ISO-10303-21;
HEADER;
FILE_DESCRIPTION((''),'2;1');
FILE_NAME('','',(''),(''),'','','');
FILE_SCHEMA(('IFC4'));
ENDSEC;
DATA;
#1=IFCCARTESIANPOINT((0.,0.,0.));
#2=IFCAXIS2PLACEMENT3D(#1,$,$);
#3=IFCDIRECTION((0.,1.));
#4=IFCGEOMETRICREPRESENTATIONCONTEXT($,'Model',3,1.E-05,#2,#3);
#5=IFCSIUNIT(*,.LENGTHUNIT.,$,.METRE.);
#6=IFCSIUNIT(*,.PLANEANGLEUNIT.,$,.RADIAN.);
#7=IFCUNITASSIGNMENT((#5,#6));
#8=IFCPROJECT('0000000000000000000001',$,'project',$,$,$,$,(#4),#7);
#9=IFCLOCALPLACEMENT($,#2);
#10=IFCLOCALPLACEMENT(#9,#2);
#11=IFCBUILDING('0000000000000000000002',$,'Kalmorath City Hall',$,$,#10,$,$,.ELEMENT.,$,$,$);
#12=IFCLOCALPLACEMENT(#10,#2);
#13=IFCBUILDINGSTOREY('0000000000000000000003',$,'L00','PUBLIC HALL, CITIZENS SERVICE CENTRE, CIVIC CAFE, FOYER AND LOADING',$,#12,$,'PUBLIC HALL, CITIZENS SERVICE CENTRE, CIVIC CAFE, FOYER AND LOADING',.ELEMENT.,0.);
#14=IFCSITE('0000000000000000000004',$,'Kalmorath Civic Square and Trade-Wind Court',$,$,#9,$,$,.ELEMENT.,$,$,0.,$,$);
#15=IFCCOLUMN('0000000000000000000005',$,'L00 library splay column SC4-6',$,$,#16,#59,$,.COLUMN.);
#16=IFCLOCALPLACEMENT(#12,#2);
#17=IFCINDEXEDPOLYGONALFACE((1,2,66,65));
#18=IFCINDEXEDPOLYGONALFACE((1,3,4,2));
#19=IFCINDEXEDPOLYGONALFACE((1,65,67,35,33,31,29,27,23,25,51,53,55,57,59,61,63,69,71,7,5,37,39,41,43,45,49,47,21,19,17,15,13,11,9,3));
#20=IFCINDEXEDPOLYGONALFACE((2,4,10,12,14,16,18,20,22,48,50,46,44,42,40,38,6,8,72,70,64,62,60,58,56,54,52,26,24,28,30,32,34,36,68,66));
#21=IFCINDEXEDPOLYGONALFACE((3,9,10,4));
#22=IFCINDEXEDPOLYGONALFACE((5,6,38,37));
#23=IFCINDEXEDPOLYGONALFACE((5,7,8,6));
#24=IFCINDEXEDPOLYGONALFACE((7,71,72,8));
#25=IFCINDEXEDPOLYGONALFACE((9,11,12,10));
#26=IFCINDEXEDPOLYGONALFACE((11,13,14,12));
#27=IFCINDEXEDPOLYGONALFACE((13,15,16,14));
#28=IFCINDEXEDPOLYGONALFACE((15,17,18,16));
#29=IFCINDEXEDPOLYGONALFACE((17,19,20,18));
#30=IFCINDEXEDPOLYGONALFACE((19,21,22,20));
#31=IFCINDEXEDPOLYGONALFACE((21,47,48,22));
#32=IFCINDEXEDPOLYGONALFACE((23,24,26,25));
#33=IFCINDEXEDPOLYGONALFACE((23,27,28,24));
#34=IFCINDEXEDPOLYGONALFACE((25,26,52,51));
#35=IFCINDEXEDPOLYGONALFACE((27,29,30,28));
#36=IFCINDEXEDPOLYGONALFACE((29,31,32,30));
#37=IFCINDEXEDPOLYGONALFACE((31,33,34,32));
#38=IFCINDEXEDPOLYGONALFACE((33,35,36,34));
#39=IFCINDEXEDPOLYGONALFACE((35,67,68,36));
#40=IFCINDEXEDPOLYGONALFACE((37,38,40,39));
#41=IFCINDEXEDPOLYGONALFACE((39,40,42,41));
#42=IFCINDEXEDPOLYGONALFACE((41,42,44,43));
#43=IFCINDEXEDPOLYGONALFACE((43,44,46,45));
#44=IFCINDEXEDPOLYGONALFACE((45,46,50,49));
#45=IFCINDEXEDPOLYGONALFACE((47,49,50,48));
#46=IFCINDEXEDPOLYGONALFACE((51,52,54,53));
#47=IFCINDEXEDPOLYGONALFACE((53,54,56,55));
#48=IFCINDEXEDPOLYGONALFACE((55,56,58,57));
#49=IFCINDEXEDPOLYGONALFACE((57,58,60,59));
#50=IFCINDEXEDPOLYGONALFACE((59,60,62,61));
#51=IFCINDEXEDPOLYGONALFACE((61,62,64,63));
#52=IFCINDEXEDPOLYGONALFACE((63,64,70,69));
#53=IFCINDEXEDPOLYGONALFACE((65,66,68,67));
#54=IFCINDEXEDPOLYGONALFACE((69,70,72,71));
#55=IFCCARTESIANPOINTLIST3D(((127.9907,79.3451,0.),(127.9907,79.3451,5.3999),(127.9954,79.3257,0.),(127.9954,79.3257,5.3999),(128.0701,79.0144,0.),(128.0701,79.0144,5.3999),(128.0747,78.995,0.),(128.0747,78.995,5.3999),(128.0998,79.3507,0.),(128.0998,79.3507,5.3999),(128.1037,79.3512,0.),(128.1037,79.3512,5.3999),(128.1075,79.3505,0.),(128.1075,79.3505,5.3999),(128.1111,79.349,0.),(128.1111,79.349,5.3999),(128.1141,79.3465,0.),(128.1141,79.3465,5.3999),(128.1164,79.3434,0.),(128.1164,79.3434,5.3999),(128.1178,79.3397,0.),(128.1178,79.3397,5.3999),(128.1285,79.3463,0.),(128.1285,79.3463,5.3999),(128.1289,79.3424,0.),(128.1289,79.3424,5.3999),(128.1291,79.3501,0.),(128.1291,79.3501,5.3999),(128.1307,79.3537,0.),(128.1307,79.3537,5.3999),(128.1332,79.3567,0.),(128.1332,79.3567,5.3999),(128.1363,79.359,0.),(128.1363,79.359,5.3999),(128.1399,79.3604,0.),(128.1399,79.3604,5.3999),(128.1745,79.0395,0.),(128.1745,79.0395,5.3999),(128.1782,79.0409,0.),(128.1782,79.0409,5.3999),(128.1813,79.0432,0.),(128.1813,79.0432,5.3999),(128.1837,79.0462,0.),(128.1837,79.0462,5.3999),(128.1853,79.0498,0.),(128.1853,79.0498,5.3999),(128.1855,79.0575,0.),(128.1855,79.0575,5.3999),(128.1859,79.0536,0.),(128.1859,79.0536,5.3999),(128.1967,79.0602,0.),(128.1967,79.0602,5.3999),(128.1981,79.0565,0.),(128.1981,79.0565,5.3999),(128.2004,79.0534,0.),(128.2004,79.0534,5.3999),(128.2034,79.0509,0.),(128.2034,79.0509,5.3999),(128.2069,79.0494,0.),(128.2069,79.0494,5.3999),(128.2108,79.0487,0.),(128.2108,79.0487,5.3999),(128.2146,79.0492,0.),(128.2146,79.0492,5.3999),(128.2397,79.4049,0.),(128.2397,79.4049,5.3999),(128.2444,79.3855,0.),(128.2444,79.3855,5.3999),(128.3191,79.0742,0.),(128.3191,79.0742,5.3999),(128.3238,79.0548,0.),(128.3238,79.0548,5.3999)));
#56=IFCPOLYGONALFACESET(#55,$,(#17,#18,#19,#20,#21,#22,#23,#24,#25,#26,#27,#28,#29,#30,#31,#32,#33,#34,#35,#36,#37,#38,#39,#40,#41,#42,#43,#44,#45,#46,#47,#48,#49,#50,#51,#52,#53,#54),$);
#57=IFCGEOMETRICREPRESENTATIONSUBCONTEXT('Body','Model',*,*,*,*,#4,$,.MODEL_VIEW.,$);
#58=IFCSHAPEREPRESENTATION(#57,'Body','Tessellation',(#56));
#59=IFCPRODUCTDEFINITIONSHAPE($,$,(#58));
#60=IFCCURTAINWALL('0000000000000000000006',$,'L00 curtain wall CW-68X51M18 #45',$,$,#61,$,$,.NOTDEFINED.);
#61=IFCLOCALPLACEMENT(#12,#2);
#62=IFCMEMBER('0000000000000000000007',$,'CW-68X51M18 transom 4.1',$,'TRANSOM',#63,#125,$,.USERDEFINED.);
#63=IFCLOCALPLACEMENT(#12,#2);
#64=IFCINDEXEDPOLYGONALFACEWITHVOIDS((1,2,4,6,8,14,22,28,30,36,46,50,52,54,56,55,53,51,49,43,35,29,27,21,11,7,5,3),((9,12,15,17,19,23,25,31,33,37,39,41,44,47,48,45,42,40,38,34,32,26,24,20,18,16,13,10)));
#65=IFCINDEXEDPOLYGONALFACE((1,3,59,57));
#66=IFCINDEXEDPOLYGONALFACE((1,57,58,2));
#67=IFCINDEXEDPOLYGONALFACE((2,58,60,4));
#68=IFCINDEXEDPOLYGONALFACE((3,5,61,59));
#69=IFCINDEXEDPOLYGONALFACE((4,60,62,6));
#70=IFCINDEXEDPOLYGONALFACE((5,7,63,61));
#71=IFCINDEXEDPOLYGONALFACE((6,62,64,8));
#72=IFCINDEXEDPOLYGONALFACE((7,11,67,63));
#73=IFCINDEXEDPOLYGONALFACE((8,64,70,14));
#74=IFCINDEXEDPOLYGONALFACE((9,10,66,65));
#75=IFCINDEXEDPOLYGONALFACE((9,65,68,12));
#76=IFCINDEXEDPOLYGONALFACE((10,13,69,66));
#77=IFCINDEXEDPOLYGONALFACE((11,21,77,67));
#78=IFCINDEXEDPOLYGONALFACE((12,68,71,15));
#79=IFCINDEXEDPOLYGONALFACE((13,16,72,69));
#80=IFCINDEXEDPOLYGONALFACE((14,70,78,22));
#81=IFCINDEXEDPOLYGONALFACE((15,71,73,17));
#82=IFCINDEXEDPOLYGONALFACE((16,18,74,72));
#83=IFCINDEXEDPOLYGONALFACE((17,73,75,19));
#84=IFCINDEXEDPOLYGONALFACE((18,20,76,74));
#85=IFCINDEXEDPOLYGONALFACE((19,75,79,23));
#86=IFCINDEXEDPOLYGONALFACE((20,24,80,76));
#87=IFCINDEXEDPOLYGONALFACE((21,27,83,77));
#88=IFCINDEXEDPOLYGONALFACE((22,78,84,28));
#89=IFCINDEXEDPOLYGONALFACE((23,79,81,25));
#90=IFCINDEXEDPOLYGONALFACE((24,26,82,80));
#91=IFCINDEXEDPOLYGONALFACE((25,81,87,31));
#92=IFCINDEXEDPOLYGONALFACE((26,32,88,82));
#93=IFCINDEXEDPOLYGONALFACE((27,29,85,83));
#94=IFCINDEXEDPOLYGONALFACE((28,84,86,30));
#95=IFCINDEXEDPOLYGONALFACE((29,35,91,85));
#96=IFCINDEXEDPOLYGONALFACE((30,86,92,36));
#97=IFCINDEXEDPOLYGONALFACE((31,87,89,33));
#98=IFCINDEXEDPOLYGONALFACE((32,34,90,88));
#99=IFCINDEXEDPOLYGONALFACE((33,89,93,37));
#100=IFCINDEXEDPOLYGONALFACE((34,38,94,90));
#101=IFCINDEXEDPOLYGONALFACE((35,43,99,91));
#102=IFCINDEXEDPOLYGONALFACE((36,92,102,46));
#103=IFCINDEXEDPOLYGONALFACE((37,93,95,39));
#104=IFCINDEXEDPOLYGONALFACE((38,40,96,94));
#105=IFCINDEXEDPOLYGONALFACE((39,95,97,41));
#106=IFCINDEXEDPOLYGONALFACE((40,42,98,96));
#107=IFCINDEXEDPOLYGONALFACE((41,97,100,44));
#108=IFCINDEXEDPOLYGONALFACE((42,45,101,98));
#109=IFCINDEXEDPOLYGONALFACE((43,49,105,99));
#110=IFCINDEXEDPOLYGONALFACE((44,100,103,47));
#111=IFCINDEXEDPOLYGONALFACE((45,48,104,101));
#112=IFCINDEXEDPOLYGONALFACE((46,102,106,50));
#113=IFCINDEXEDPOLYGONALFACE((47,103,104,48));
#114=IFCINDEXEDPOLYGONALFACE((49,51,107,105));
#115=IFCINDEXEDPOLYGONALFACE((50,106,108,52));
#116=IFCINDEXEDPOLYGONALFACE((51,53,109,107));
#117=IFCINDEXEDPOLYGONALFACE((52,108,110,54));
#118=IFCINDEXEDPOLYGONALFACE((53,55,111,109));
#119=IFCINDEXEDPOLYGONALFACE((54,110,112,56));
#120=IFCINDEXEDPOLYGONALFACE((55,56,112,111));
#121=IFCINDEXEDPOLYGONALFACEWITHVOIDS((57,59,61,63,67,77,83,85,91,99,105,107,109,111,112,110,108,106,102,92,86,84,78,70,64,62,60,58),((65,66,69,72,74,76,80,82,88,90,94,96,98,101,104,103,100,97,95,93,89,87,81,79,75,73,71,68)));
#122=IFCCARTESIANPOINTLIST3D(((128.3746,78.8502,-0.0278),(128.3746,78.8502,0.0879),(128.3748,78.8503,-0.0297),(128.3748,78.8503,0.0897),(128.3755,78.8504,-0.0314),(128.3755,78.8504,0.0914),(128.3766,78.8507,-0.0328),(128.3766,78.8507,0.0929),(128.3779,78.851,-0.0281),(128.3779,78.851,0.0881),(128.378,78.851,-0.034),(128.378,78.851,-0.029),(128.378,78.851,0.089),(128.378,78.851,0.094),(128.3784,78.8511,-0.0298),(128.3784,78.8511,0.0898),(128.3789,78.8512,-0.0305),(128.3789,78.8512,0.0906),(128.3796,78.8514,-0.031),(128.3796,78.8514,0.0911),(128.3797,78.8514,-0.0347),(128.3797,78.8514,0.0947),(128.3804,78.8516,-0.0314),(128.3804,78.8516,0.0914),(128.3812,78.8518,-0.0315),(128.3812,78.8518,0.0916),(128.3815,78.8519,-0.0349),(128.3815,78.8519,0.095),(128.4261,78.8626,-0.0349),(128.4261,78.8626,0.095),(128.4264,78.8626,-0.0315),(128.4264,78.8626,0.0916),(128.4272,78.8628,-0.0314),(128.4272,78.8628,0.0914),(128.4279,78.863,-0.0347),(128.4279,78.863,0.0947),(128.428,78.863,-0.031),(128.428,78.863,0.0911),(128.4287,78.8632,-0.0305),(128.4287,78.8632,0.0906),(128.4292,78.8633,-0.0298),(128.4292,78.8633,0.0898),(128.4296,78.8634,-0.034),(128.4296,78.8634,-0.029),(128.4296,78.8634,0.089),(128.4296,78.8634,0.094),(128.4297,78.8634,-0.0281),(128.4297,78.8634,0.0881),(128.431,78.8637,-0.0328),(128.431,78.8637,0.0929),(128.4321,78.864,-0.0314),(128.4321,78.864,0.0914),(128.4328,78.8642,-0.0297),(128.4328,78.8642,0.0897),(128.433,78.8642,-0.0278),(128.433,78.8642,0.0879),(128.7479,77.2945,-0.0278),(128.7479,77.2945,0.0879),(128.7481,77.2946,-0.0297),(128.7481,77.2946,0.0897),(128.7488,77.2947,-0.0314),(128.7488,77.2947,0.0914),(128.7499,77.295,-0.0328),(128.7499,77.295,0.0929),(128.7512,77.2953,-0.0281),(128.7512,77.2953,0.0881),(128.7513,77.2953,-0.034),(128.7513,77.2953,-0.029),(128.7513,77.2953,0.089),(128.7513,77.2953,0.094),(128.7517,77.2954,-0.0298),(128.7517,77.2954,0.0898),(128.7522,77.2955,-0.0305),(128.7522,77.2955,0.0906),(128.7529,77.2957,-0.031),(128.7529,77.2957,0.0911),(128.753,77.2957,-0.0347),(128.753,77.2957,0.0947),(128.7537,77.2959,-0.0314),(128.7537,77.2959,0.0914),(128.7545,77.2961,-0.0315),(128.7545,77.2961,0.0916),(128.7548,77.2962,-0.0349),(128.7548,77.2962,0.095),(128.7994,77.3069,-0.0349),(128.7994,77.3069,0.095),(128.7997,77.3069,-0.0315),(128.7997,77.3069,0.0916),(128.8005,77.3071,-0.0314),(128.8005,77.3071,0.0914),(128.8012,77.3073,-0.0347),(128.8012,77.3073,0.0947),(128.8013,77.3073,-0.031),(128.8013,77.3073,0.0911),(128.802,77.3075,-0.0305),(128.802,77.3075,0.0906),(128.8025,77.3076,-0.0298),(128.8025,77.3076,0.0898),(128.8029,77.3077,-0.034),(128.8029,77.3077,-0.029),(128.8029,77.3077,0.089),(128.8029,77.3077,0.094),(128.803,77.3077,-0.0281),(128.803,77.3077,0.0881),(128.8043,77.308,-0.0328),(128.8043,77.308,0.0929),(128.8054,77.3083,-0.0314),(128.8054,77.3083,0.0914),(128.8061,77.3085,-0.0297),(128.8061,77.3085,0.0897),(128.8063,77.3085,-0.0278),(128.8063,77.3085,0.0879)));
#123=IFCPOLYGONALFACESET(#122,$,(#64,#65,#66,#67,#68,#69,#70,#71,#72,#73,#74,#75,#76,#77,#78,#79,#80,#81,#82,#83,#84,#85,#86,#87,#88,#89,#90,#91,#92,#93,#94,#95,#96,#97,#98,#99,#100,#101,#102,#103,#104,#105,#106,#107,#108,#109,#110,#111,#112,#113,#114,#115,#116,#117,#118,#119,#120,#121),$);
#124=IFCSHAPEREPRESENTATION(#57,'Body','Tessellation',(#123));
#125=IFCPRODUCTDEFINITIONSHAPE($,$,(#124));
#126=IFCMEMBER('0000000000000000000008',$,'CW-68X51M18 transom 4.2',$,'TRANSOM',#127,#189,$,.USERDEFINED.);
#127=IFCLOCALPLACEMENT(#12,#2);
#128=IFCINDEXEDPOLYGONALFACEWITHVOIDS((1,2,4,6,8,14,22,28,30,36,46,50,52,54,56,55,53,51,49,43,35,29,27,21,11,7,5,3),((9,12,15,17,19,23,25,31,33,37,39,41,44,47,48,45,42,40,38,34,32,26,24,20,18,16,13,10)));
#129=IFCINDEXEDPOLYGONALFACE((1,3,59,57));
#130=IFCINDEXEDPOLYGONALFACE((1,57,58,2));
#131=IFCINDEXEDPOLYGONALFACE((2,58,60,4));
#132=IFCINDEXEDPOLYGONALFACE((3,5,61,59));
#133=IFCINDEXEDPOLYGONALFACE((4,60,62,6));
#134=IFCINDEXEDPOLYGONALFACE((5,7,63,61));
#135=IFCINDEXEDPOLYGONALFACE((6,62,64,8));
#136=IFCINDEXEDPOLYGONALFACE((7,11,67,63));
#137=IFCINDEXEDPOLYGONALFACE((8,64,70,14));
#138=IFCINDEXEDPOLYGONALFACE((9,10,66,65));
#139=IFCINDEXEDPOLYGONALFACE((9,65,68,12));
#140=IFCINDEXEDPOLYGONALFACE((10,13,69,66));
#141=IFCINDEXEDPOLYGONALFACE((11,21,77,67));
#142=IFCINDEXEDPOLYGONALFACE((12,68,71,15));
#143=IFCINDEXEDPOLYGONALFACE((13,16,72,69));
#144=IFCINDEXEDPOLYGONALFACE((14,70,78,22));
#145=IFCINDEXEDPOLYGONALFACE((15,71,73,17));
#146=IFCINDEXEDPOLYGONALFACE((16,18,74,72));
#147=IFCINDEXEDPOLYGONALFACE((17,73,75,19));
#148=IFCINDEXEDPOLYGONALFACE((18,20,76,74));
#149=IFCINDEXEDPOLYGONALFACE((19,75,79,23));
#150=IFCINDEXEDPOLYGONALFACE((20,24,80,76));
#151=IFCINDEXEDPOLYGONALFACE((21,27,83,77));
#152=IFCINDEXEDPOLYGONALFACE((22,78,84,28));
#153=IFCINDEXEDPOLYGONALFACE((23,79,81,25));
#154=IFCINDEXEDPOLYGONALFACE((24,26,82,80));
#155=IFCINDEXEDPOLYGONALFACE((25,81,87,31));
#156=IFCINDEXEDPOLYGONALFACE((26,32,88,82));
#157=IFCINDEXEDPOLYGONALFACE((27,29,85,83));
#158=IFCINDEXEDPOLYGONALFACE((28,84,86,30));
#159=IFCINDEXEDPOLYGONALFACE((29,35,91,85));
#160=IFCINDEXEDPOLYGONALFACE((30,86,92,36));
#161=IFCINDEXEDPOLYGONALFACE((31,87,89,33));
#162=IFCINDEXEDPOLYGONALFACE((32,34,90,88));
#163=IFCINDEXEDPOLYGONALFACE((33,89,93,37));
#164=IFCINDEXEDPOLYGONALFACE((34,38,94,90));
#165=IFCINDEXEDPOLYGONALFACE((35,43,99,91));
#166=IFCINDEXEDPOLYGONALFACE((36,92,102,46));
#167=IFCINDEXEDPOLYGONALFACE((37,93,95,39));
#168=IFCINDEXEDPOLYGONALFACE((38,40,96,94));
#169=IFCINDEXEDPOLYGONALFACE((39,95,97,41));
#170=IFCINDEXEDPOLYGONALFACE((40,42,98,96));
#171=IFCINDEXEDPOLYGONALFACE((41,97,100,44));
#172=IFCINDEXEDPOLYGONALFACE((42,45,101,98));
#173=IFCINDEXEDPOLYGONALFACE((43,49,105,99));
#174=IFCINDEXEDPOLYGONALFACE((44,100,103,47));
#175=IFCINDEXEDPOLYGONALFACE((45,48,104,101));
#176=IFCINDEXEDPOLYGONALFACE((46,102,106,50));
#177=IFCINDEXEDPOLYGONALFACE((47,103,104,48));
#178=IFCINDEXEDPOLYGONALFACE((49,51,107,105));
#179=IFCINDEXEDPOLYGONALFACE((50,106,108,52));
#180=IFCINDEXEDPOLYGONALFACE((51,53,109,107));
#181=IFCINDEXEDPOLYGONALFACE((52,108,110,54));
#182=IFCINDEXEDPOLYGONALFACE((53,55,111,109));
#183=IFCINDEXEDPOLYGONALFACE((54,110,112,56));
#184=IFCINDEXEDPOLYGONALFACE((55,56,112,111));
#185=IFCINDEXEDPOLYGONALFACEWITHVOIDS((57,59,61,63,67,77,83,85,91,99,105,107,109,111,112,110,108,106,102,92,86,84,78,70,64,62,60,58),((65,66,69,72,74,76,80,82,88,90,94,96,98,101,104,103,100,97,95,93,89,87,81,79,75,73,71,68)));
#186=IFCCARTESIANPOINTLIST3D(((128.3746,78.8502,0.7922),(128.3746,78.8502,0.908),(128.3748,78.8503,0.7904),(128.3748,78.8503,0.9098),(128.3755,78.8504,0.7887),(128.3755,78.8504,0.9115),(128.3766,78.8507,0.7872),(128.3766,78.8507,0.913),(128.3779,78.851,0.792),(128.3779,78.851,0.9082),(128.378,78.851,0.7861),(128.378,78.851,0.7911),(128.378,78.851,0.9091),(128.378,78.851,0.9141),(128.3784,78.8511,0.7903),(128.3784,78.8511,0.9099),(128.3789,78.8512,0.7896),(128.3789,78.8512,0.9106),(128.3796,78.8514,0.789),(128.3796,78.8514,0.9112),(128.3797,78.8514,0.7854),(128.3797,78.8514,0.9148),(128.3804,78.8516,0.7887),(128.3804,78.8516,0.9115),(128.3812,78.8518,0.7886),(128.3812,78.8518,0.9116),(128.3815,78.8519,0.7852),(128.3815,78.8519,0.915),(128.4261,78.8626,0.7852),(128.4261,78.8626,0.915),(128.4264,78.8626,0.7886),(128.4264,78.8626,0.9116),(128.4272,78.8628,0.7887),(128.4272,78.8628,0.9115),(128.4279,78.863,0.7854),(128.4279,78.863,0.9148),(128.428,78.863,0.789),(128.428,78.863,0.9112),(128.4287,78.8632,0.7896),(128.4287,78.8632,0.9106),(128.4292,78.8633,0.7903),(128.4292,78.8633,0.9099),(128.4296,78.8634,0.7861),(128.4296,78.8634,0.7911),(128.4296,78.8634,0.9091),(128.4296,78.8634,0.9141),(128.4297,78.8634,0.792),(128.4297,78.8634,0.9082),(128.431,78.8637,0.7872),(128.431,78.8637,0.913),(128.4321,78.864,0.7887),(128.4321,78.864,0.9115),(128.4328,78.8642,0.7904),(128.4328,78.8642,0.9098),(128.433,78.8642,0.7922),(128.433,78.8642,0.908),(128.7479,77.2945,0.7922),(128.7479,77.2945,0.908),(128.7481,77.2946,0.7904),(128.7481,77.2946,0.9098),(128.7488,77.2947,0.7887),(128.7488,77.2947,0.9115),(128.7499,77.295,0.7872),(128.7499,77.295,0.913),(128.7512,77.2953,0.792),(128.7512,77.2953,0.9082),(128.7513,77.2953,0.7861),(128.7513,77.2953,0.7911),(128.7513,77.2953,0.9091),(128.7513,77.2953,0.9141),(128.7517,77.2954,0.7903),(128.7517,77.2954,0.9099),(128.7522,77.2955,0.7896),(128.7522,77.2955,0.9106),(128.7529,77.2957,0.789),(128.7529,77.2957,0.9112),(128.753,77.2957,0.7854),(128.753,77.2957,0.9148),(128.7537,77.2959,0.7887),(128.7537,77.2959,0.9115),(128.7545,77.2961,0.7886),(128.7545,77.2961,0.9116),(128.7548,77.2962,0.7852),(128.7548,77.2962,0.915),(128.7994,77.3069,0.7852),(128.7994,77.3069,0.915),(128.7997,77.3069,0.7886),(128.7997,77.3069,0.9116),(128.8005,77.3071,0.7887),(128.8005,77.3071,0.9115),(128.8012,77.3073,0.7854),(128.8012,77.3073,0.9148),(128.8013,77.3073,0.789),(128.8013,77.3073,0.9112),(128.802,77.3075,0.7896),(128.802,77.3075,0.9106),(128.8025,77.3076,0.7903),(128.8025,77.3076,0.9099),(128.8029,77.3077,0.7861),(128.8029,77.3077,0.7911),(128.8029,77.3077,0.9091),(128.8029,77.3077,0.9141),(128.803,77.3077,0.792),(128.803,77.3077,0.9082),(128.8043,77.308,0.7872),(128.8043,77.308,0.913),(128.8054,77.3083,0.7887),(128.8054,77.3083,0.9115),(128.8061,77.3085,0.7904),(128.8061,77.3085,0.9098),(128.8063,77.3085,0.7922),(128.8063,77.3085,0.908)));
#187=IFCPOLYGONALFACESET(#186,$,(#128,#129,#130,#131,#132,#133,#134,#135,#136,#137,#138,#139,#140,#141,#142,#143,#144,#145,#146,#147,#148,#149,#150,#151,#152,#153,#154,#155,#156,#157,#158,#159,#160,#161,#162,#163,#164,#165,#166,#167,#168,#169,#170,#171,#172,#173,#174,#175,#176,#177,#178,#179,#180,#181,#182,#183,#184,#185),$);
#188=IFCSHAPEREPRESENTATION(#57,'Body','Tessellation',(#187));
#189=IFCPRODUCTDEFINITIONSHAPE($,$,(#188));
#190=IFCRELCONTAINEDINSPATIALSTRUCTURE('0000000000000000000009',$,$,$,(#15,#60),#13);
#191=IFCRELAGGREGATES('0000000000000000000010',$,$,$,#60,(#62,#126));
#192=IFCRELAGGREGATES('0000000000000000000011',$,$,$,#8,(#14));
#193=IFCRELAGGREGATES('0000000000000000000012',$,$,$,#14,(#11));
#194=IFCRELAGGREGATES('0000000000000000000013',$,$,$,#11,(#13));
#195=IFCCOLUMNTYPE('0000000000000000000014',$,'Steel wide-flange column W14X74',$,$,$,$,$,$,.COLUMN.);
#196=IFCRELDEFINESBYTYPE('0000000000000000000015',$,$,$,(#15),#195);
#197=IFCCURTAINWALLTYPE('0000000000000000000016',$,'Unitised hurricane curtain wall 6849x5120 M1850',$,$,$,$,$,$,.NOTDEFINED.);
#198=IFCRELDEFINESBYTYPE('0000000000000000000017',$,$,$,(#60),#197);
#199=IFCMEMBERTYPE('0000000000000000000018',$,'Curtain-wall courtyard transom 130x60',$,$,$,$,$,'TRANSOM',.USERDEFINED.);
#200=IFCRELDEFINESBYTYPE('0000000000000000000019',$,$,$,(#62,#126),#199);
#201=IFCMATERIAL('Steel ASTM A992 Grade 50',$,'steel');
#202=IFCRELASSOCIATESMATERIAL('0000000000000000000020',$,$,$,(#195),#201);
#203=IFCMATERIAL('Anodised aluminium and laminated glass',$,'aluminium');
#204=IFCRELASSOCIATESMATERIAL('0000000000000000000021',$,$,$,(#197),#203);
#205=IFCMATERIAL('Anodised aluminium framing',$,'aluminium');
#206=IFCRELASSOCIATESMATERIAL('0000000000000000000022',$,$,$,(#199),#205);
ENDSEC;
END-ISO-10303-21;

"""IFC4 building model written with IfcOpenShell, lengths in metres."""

from ifc_helpers import new_model, si_unit, direction, frame, origin, origin_2d, place, context, subcontext, project, spatial, hollow_rectangle, i_section, extrude, material, material_profile, profile_set, type_object, element, aggregate, save


model = new_model("IFC4")

# Units and contexts
model_context = context("Model", 3, precision=1e-05, world=origin(), true_north=direction((0.0, 1.0)))
body_context = subcontext(model_context, "Body", "Model", "MODEL_VIEW")
ifc_project = project(units=[si_unit("LENGTHUNIT", "METRE"), si_unit("PLANEANGLEUNIT", "RADIAN")], contexts=[model_context])

# Site, building, storey
site_placement = place(None, origin())
site = spatial("IfcSite", under=ifc_project, at=site_placement, Name="Kalmorath Civic Square and Trade-Wind Court", CompositionType="ELEMENT", RefElevation=0.0)
building_placement = place(site_placement, origin())
building = spatial("IfcBuilding", under=site, at=building_placement, Name="Kalmorath City Hall", CompositionType="ELEMENT")
storey_placement = place(building_placement, origin())
storey = spatial("IfcBuildingStorey", under=building, at=storey_placement, Name="L00", Description="PUBLIC HALL, CITIZENS SERVICE CENTRE, CIVIC CAFE, FOYER AND LOADING", LongName="PUBLIC HALL, CITIZENS SERVICE CENTRE, CIVIC CAFE, FOYER AND LOADING", CompositionType="ELEMENT", Elevation=0.0)

# Column
ifc_material_1 = material(Name="Steel ASTM A992 Grade 50", Category="steel")
ifc_material_profile_1 = material_profile(ifc_material_1, i_section(OverallWidth=0.2561, OverallDepth=0.3601, WebThickness=0.0115, FlangeThickness=0.02, FilletRadius=0.0149, at=origin_2d()), Name="W14X74")
ifc_profile_set_1 = profile_set([ifc_material_profile_1], Name="Steel ASTM A992 Grade 50")
column_type = type_object("IfcColumnType", Name="Steel wide-flange column W14X74", PredefinedType="COLUMN", material=ifc_profile_set_1)
column_placement = place(storey_placement, frame((128.1572, 79.2, 0.0), z_axis=(0.0, 0.0, 1.0), x_axis=(0.97237, 0.233445, 0.0)))
element("IfcColumn", 1, at=column_placement, inside=storey, type_object=column_type, Name="L00 library splay column SC4-6", PredefinedType="COLUMN", context=body_context, shape_type="SweptSolid", body=[
    extrude(i_section(OverallWidth=0.2561, OverallDepth=0.3601, WebThickness=0.0115, FlangeThickness=0.02, FilletRadius=0.0149, at=origin_2d()), origin(), (0.0, 0.0, 1.0), 5.3999),
])

# Curtain wall, members
ifc_material_2 = material(Name="Anodised aluminium and laminated glass", Category="aluminium")
curtain_wall_type = type_object("IfcCurtainWallType", Name="Unitised hurricane curtain wall 6849x5120 M1850", PredefinedType="NOTDEFINED", material=ifc_material_2)
curtain_wall_1_placement = place(storey_placement, origin())
curtain_wall_1 = element("IfcCurtainWall", 2, at=curtain_wall_1_placement, inside=storey, type_object=curtain_wall_type, Name="L00 curtain wall CW-68X51M18 #45", PredefinedType="NOTDEFINED")
ifc_material_3 = material(Name="Anodised aluminium framing", Category="aluminium")
ifc_material_profile_2 = material_profile(ifc_material_3, hollow_rectangle(XDim=0.0601, YDim=0.1299, WallThickness=0.0034, InnerFilletRadius=0.0034, OuterFilletRadius=0.0071, at=origin_2d()), Name="ALU-TRN-130X60X3.5")
ifc_profile_set_2 = profile_set([ifc_material_profile_2], Name="Anodised aluminium framing")
member_type_1 = type_object("IfcMemberType", Name="Curtain-wall courtyard transom 130x60", ElementType="TRANSOM", PredefinedType="USERDEFINED", material=ifc_profile_set_2)
member_1_placement = place(storey_placement, frame((128.7771, 77.3015, 0.03), z_axis=(-0.233333, 0.972397, 0.0), x_axis=(-0.972397, -0.233333, 0.0)))
member_1 = element("IfcMember", 3, at=member_1_placement, type_object=member_type_1, Name="CW-68X51M18 transom 4.1", ObjectType="TRANSOM", PredefinedType="USERDEFINED", context=body_context, shape_type="SweptSolid", body=[
    extrude(hollow_rectangle(XDim=0.0601, YDim=0.1299, WallThickness=0.0034, InnerFilletRadius=0.0034, OuterFilletRadius=0.0071, at=origin_2d()), origin(), (0.0, 0.0, 1.0), 1.5999),
])
member_2_placement = place(storey_placement, frame((128.7771, 77.3015, 0.8501), z_axis=(-0.233333, 0.972397, 0.0), x_axis=(-0.972397, -0.233333, 0.0)))
member_2 = element("IfcMember", 4, at=member_2_placement, type_object=member_type_1, Name="CW-68X51M18 transom 4.2", ObjectType="TRANSOM", PredefinedType="USERDEFINED", context=body_context, shape_type="SweptSolid", body=[
    extrude(hollow_rectangle(XDim=0.0601, YDim=0.1299, WallThickness=0.0034, InnerFilletRadius=0.0034, OuterFilletRadius=0.0071, at=origin_2d()), origin(), (0.0, 0.0, 1.0), 1.5999),
])

aggregate(curtain_wall_1, [member_1, member_2])

save(model, "model.ifc")
